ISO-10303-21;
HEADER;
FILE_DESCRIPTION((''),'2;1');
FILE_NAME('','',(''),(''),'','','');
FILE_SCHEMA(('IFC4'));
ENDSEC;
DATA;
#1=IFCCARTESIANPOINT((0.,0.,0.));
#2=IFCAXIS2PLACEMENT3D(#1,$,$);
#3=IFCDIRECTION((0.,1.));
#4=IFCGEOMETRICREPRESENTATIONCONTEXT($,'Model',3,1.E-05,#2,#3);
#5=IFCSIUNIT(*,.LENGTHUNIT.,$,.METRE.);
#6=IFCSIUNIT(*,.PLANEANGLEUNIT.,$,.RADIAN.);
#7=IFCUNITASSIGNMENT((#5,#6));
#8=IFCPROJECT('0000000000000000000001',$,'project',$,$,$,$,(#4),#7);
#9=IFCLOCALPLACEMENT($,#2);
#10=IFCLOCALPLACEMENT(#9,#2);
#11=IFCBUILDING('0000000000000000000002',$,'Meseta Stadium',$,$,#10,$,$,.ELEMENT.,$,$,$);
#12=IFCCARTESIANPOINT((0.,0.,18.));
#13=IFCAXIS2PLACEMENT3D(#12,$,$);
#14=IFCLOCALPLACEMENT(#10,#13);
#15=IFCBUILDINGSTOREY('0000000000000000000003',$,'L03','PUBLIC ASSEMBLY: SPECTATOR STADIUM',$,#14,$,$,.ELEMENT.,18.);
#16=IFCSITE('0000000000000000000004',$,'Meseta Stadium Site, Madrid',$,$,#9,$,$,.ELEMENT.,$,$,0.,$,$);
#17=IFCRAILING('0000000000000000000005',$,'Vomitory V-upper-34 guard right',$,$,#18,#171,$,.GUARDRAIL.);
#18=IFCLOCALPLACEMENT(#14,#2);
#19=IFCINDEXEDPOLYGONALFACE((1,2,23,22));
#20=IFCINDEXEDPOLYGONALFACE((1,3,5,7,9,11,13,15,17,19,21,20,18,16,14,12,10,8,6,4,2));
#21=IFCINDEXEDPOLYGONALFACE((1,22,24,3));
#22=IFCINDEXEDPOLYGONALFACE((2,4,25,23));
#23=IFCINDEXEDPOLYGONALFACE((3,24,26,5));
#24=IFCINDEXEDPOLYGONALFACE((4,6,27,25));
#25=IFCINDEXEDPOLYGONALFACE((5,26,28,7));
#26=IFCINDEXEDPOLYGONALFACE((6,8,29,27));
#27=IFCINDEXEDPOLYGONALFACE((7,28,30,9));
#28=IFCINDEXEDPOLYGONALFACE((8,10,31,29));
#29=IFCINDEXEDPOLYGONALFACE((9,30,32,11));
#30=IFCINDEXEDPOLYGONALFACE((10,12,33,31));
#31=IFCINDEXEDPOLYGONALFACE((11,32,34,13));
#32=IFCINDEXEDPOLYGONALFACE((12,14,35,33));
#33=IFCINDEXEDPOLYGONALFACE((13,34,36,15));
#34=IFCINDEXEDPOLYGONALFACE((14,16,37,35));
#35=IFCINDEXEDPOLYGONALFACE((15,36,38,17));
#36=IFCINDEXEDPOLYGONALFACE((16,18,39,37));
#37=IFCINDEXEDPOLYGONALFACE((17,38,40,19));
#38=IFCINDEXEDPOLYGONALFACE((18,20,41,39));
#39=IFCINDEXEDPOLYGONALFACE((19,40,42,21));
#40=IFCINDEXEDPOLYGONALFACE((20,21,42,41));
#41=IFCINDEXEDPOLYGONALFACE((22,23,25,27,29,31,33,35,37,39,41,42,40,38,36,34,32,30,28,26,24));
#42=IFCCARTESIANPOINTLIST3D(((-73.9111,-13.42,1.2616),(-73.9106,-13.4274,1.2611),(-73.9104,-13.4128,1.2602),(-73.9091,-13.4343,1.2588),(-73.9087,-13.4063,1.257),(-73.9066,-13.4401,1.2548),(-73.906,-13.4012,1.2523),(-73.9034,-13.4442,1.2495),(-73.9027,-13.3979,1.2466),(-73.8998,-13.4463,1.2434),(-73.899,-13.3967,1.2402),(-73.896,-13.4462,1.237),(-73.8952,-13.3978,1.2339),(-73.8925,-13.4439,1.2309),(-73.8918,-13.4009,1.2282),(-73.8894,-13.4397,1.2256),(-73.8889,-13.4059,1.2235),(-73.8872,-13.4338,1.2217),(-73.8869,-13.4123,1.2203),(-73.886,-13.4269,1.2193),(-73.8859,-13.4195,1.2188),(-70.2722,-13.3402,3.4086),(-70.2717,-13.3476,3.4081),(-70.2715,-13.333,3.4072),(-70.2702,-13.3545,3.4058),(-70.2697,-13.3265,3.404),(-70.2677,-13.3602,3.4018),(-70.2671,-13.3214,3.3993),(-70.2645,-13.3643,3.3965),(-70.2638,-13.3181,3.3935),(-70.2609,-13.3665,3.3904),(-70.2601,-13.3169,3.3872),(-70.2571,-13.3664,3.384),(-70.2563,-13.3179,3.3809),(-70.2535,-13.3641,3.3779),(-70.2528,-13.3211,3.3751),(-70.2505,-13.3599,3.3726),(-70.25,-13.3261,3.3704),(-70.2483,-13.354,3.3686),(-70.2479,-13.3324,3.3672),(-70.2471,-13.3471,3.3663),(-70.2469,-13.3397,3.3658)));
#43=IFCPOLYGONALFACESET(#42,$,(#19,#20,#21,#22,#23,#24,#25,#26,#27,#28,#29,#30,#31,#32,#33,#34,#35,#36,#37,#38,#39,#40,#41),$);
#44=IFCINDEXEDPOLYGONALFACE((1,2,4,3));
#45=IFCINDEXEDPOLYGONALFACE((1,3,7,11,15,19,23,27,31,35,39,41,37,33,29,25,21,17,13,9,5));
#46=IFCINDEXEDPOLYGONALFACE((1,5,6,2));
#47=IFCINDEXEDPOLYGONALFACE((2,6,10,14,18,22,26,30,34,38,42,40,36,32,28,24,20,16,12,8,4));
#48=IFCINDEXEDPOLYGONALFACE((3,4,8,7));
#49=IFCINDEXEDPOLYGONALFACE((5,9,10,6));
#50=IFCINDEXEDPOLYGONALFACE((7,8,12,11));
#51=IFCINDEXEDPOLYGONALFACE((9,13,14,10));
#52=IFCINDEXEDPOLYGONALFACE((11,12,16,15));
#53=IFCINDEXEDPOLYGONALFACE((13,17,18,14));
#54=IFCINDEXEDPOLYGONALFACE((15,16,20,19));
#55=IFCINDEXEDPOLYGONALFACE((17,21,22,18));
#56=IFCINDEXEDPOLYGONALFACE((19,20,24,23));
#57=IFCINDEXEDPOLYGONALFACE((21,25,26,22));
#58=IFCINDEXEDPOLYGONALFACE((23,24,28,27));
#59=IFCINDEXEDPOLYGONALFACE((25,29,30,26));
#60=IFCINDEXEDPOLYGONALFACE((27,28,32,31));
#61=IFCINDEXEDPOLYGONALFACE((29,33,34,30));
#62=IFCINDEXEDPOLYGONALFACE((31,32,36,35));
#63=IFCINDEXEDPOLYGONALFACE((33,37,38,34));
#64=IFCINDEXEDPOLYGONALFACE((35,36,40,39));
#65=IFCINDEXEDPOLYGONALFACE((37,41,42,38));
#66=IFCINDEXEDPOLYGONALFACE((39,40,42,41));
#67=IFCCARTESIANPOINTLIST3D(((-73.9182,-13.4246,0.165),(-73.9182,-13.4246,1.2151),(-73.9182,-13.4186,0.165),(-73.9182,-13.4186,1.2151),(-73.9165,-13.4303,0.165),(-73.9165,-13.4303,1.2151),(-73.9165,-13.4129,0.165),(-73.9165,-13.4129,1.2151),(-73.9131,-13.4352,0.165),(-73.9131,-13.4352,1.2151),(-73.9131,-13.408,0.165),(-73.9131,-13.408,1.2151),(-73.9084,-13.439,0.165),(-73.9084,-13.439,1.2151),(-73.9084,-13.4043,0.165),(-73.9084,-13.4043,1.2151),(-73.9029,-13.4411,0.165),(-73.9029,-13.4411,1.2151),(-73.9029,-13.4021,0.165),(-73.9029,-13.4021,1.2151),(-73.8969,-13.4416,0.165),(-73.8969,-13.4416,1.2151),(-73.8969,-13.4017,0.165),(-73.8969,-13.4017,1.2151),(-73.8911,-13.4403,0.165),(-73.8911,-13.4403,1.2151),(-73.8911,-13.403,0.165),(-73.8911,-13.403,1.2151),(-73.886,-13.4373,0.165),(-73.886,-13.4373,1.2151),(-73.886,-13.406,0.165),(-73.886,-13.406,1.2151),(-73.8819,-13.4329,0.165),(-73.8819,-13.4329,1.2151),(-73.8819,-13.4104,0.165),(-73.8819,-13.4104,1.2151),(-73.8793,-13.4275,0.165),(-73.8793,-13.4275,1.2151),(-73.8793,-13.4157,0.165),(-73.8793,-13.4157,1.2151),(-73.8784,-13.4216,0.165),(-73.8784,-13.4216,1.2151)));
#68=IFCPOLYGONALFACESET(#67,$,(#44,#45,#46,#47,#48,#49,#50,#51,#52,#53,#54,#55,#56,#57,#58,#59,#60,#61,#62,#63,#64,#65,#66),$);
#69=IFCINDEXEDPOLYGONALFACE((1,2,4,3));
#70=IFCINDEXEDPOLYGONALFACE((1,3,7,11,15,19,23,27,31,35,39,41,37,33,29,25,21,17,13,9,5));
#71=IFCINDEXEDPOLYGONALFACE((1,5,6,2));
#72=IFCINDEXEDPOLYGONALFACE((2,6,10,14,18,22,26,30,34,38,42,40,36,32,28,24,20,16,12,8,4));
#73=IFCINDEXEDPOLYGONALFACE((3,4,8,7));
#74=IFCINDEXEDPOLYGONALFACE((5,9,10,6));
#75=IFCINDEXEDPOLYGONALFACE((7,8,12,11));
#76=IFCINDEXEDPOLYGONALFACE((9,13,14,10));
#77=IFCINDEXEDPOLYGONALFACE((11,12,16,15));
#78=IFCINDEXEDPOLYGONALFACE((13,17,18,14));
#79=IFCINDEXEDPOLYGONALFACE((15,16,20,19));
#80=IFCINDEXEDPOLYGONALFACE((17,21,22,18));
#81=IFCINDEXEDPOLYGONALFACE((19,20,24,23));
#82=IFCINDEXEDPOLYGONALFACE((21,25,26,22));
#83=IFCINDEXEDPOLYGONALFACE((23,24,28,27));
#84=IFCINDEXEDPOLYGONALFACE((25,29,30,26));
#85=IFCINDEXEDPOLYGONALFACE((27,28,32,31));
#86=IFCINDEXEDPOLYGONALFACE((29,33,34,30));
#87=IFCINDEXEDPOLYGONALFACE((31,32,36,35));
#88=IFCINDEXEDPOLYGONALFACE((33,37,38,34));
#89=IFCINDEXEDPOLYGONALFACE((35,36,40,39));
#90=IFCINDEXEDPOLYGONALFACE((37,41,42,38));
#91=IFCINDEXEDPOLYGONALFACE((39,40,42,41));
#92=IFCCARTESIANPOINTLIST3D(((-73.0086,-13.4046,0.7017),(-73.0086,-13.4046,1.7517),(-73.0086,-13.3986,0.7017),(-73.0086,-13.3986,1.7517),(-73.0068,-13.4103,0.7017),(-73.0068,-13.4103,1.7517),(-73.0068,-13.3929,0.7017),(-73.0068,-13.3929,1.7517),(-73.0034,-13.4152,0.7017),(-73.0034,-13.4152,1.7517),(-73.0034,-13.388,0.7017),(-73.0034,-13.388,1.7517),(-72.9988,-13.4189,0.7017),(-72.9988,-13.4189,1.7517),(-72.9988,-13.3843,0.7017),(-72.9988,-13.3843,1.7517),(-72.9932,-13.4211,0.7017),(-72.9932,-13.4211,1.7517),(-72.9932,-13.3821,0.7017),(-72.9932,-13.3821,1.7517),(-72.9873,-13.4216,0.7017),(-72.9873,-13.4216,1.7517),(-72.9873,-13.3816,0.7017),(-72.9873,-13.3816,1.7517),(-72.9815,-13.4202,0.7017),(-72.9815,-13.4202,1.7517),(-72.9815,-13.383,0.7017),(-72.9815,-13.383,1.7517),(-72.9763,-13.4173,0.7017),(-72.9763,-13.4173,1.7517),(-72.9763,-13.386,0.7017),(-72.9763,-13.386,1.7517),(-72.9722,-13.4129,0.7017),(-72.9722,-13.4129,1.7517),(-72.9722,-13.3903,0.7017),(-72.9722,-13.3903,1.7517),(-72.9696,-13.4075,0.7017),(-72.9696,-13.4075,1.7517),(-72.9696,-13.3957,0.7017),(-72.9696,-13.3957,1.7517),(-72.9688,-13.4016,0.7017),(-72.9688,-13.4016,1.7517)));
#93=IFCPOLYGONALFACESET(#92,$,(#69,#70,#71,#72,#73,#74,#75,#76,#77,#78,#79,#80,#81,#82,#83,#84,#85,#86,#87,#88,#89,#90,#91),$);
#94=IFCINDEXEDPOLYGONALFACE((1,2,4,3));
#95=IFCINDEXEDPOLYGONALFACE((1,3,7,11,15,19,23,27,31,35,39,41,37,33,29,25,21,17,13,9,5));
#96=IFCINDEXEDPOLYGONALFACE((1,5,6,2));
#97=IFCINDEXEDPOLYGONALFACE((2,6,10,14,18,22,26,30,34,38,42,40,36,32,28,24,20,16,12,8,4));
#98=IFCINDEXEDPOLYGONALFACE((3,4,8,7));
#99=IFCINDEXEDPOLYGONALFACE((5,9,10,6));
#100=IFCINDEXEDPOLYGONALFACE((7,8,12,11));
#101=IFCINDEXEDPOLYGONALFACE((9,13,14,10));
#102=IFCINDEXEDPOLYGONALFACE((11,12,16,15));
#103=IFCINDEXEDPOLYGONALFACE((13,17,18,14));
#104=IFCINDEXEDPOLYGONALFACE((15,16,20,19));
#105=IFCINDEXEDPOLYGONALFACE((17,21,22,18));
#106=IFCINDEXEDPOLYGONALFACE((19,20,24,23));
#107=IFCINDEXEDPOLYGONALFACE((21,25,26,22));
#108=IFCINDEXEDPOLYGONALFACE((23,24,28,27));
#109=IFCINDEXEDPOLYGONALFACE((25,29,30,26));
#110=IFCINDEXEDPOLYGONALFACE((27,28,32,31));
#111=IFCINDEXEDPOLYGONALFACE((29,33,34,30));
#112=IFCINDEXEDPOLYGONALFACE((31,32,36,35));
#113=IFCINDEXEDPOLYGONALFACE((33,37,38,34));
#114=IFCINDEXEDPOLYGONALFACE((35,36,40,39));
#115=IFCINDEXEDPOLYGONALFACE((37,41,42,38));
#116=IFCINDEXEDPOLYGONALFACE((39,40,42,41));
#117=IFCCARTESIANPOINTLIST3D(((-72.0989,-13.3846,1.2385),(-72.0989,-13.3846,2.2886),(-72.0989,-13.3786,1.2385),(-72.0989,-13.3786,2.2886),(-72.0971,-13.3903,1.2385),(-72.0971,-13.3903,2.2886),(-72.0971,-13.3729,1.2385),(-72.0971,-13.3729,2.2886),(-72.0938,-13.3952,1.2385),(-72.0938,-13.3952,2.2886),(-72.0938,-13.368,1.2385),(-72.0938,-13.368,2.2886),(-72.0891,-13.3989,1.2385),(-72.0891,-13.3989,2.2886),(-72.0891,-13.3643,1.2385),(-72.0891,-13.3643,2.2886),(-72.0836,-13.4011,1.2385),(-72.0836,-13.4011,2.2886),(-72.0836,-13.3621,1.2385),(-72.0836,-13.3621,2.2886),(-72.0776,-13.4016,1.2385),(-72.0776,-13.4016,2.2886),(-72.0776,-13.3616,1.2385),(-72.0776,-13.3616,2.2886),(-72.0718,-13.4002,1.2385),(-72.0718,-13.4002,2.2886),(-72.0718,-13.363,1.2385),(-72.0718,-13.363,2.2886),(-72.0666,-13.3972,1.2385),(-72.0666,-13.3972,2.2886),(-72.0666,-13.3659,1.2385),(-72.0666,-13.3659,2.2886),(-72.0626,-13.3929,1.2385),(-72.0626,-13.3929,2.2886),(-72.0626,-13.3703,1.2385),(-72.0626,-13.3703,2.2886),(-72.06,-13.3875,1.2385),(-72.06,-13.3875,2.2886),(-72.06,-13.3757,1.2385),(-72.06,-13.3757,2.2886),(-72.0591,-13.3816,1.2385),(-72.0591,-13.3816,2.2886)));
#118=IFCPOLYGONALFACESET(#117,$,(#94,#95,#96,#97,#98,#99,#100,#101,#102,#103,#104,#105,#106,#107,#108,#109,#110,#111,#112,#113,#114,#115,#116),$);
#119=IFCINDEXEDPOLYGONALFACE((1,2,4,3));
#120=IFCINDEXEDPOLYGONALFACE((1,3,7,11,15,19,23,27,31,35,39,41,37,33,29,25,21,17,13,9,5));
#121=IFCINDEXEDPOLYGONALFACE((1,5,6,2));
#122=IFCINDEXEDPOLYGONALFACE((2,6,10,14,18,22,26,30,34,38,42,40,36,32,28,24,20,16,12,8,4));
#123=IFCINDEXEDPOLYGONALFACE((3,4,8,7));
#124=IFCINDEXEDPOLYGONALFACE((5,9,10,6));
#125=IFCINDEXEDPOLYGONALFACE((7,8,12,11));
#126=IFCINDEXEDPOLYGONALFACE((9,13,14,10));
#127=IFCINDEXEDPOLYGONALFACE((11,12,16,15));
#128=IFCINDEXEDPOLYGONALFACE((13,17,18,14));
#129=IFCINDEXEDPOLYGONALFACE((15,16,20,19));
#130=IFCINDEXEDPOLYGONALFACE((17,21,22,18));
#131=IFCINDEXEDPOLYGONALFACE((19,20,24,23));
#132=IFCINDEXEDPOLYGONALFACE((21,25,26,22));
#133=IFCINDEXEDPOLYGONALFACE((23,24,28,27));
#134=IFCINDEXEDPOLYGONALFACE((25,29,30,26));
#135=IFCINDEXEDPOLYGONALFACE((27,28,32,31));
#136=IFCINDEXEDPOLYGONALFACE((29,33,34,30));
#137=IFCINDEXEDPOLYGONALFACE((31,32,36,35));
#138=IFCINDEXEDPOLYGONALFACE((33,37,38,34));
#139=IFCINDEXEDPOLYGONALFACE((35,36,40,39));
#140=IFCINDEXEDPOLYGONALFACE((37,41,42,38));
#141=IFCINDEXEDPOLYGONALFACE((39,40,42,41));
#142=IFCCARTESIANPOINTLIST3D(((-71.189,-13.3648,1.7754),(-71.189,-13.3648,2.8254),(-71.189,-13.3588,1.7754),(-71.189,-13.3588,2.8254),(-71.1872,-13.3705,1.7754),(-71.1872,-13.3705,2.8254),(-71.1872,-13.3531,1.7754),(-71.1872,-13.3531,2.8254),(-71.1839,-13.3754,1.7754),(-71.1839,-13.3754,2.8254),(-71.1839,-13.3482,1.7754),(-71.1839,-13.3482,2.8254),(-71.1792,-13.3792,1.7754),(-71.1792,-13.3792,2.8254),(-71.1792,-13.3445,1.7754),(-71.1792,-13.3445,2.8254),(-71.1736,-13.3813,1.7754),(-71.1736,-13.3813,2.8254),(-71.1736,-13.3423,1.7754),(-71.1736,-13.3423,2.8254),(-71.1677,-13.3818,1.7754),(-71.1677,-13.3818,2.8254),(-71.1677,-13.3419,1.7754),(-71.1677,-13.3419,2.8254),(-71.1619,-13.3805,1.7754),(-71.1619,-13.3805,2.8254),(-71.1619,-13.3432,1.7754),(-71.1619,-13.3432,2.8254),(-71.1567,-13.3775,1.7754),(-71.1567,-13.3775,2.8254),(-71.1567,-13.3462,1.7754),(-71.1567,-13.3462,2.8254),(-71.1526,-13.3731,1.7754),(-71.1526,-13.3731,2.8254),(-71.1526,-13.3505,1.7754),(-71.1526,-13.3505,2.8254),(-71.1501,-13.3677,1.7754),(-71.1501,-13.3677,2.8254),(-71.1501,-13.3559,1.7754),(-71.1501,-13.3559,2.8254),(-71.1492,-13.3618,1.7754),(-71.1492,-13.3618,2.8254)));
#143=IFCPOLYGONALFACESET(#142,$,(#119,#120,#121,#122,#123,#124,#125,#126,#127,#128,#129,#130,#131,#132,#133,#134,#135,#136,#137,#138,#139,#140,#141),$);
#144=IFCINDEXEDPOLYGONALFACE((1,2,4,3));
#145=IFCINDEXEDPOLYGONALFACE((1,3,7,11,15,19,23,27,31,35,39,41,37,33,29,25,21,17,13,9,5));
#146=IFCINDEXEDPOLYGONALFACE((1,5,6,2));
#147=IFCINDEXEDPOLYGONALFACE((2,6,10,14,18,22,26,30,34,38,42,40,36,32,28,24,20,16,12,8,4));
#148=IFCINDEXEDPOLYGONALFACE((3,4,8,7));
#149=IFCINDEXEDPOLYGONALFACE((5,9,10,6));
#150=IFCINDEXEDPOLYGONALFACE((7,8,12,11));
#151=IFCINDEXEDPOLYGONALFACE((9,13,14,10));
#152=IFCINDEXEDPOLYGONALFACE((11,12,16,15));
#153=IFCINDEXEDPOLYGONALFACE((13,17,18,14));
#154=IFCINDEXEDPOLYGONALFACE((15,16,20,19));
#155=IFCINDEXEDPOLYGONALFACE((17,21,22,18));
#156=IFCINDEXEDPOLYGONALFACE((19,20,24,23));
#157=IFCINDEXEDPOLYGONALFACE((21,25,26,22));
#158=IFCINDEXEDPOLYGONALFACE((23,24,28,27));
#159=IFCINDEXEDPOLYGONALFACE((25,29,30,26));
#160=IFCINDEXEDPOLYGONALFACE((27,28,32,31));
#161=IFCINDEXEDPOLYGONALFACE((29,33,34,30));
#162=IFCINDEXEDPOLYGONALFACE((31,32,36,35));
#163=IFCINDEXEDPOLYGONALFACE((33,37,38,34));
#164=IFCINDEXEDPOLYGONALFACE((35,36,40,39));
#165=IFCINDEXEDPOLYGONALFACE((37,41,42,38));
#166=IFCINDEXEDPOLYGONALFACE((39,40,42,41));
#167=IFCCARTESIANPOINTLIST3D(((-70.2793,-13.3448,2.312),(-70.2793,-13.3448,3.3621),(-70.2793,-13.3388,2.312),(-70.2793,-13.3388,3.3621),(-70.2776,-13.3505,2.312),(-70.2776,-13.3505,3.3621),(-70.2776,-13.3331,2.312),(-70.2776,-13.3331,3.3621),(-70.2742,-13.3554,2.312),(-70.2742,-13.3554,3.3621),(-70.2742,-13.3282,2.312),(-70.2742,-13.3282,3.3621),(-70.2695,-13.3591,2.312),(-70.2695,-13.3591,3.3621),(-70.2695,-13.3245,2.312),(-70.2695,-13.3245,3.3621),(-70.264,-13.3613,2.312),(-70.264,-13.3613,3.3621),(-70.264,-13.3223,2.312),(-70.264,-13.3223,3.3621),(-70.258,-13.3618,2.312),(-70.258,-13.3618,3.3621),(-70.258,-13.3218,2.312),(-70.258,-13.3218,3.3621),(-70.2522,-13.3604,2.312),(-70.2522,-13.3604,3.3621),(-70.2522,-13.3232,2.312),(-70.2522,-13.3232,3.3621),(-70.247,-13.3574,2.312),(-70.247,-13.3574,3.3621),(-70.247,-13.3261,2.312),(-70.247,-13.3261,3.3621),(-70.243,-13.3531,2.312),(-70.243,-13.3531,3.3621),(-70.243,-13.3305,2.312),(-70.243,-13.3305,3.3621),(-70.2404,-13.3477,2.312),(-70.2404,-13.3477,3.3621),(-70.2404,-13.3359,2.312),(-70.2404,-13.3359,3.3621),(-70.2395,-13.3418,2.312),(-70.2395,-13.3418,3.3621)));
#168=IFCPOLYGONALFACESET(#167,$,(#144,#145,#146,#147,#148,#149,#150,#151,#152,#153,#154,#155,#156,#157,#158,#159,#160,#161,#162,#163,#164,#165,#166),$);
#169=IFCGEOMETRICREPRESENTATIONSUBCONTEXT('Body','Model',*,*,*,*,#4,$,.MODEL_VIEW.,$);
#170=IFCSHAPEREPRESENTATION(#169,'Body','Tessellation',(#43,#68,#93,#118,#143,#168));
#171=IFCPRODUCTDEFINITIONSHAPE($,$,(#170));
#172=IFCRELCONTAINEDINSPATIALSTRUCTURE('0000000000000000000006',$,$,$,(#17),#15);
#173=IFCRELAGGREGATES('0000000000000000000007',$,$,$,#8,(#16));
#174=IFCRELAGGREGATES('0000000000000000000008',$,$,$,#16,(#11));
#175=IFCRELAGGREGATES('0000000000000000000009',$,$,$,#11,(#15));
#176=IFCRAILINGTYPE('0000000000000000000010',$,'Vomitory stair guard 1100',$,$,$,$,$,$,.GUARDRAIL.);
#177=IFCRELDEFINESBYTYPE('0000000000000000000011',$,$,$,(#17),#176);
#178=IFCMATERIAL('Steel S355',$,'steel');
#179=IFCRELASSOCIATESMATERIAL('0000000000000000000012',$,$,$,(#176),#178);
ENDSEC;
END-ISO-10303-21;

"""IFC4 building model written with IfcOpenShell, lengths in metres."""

from ifc_helpers import new_model, si_unit, direction, frame, origin, origin_2d, place, context, subcontext, project, spatial, circle, extrude, material, type_object, element, save


model = new_model("IFC4")

# Units and contexts
model_context = context("Model", 3, precision=1e-05, world=origin(), true_north=direction((0.0, 1.0)))
body_context = subcontext(model_context, "Body", "Model", "MODEL_VIEW")
ifc_project = project(units=[si_unit("LENGTHUNIT", "METRE"), si_unit("PLANEANGLEUNIT", "RADIAN")], contexts=[model_context])

# Site, building, storey
site_placement = place(None, origin())
site = spatial("IfcSite", under=ifc_project, at=site_placement, Name="Meseta Stadium Site, Madrid", CompositionType="ELEMENT", RefElevation=0.0)
building_placement = place(site_placement, origin())
building = spatial("IfcBuilding", under=site, at=building_placement, Name="Meseta Stadium", CompositionType="ELEMENT")
storey_placement = place(building_placement, frame((0.0, 0.0, 18.0)))
storey = spatial("IfcBuildingStorey", under=building, at=storey_placement, Name="L03", Description="PUBLIC ASSEMBLY: SPECTATOR STADIUM", CompositionType="ELEMENT", Elevation=18.0)

# Railing
ifc_material_1 = material(Name="Steel S355", Category="steel")
railing_type_1 = type_object("IfcRailingType", Name="Vomitory stair guard 1100", PredefinedType="GUARDRAIL", material=ifc_material_1)
railing_1_placement = place(storey_placement, frame((-73.8984, -13.4216, 0.165)))
element("IfcRailing", 1, at=railing_1_placement, inside=storey, type_object=railing_type_1, Name="Vomitory V-upper-34 guard right", PredefinedType="GUARDRAIL", context=body_context, shape_type="SweptSolid", body=[
    extrude(circle(Radius=0.0249, at=origin_2d()), frame((0.0, 0.0, 1.0752), z_axis=(0.861114, 0.018892, 0.50806), x_axis=(-0.021934, 0.999759, 0.0)), (0.0, 0.0, 1.0), 4.2258),
    extrude(circle(Radius=0.02, at=origin_2d()), origin(), (0.0, 0.0, 1.0), 1.05),
    extrude(circle(Radius=0.02, at=origin_2d()), frame((0.9097, 0.02, 0.5366)), (0.0, 0.0, 1.0), 1.05),
    extrude(circle(Radius=0.02, at=origin_2d()), frame((1.8193, 0.04, 1.0735)), (0.0, 0.0, 1.0), 1.05),
    extrude(circle(Radius=0.02, at=origin_2d()), frame((2.7292, 0.0598, 1.6104)), (0.0, 0.0, 1.0), 1.05),
    extrude(circle(Radius=0.02, at=origin_2d()), frame((3.6389, 0.0798, 2.147)), (0.0, 0.0, 1.0), 1.05),
])

save(model, "model.ifc")
